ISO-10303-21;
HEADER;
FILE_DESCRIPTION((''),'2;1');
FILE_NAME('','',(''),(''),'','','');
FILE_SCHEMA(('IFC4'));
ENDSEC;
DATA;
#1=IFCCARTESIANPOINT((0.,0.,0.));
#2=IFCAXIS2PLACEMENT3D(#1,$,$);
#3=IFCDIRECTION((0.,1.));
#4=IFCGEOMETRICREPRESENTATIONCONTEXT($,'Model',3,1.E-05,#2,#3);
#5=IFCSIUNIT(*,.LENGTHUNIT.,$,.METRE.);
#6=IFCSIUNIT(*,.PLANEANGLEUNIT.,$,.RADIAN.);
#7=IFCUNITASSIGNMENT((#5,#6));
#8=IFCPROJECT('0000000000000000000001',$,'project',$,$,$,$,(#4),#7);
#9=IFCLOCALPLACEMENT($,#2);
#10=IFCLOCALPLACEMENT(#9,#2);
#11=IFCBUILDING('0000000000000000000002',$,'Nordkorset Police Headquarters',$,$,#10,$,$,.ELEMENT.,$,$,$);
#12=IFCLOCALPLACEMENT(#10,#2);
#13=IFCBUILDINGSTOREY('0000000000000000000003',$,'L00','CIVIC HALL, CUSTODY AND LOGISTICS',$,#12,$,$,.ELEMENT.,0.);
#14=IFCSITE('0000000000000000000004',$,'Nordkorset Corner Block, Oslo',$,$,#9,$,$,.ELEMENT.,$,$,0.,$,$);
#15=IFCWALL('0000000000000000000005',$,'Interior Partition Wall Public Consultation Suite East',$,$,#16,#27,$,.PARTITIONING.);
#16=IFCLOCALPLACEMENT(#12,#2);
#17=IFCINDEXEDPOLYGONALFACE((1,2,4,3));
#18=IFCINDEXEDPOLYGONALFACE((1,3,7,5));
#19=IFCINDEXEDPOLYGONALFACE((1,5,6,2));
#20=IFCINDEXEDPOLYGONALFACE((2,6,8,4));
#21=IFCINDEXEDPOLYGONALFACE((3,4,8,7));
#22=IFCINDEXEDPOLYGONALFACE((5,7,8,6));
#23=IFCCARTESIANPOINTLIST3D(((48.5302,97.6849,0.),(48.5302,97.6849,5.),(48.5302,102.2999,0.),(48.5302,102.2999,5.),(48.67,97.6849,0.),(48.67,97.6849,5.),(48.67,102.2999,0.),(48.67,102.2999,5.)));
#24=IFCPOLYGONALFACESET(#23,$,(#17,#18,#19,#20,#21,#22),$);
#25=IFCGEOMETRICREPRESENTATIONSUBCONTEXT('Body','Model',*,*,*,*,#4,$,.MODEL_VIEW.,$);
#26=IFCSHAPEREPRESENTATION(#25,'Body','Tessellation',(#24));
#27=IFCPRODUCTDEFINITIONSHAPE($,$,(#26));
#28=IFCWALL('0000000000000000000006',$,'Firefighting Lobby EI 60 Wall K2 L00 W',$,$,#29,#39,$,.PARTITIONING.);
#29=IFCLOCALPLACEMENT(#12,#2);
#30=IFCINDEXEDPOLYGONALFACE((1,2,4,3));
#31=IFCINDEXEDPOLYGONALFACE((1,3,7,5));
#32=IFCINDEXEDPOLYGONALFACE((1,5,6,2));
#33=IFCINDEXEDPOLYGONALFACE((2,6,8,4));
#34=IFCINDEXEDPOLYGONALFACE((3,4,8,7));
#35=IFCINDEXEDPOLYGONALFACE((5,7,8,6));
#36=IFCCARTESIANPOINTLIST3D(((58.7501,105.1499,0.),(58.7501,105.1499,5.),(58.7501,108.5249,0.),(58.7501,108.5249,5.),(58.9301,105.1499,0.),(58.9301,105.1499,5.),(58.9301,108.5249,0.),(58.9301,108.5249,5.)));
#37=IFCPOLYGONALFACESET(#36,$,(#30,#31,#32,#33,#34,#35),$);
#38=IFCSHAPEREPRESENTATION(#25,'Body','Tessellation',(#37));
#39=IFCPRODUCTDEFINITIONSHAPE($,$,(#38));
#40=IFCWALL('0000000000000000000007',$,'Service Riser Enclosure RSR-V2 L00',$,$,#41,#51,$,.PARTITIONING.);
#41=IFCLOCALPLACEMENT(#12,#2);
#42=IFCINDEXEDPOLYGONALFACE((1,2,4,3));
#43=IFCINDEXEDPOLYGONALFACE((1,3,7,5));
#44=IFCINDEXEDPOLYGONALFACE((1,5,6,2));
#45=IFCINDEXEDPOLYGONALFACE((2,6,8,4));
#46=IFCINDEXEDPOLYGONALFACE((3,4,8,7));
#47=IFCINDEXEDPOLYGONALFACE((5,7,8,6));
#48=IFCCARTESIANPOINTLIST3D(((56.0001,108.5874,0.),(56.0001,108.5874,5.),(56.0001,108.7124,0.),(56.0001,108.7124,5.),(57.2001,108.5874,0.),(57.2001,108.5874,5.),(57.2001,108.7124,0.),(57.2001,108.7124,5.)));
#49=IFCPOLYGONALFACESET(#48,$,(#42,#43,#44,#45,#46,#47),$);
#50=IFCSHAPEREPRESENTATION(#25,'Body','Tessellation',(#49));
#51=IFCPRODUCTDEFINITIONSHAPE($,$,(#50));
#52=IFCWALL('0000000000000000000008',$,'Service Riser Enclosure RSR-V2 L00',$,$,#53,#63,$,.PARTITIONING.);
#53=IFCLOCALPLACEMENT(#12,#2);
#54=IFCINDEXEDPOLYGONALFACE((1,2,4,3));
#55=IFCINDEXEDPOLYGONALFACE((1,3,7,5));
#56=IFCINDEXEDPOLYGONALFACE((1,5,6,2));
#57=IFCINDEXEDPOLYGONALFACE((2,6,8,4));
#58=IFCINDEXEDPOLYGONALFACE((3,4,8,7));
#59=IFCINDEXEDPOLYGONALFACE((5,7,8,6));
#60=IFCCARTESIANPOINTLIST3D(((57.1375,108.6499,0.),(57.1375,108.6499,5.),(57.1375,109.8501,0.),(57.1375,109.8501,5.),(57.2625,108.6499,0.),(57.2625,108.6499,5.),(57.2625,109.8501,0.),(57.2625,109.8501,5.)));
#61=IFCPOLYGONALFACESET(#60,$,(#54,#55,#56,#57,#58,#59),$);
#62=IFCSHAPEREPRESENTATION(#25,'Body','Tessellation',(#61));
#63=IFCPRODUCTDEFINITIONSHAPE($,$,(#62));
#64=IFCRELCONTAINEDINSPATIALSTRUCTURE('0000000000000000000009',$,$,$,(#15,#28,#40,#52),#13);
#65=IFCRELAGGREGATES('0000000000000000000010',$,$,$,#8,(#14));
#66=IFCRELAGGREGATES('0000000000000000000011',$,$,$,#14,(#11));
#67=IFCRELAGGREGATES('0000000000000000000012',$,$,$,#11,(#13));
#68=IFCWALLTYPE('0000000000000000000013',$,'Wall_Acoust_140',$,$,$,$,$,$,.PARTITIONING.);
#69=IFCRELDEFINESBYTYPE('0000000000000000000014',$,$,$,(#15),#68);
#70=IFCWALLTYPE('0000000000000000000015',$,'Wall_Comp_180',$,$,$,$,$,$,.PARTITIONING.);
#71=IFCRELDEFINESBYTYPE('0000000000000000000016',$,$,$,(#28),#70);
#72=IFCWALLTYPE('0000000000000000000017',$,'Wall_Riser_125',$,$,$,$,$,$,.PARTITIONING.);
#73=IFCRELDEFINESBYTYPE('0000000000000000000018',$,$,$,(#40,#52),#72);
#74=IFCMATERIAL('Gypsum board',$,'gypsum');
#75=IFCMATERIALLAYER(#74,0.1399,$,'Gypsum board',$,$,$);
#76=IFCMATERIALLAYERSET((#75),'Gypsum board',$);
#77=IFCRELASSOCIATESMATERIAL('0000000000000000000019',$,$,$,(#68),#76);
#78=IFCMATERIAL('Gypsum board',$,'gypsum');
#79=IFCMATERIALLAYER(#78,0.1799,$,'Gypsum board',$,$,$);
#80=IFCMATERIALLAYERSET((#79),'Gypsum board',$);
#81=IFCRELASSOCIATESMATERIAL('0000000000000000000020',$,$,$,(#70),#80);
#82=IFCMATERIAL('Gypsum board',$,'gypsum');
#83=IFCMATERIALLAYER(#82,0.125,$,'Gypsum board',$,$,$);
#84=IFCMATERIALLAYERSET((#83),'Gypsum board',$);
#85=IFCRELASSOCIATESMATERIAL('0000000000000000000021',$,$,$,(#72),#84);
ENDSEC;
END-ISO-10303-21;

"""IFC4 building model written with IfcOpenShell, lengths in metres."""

from ifc_helpers import new_model, si_unit, direction, frame, frame_2d, origin, place, context, subcontext, project, spatial, rectangle, extrude, material, layer, layer_set, type_object, element, save


model = new_model("IFC4")

# Units and contexts
model_context = context("Model", 3, precision=1e-05, world=origin(), true_north=direction((0.0, 1.0)))
body_context = subcontext(model_context, "Body", "Model", "MODEL_VIEW")
ifc_project = project(units=[si_unit("LENGTHUNIT", "METRE"), si_unit("PLANEANGLEUNIT", "RADIAN")], contexts=[model_context])

# Site, building, storey
site_placement = place(None, origin())
site = spatial("IfcSite", under=ifc_project, at=site_placement, Name="Nordkorset Corner Block, Oslo", CompositionType="ELEMENT", RefElevation=0.0)
building_placement = place(site_placement, origin())
building = spatial("IfcBuilding", under=site, at=building_placement, Name="Nordkorset Police Headquarters", CompositionType="ELEMENT")
storey_placement = place(building_placement, origin())
storey = spatial("IfcBuildingStorey", under=building, at=storey_placement, Name="L00", Description="CIVIC HALL, CUSTODY AND LOGISTICS", CompositionType="ELEMENT", Elevation=0.0)

# Shared definitions
ifc_material_1 = material(Name="Gypsum board", Category="gypsum")
ifc_layer_1 = layer(ifc_material_1, 0.1399, Name="Gypsum board")
ifc_layer_set_1 = layer_set([ifc_layer_1], Name="Gypsum board")
wall_type_1 = type_object("IfcWallType", Name="Wall_Acoust_140", PredefinedType="PARTITIONING", material=ifc_layer_set_1)

# Wall
wall_1_placement = place(storey_placement, frame((48.6001, 102.3, 0.0), z_axis=(0.0, 0.0, 1.0), x_axis=(0.0, -1.0, 0.0)))
element("IfcWall", 1, at=wall_1_placement, inside=storey, type_object=wall_type_1, Name="Interior Partition Wall Public Consultation Suite East", PredefinedType="PARTITIONING", context=body_context, shape_type="SweptSolid", body=[
    extrude(rectangle(XDim=4.615, YDim=0.1399, at=frame_2d((2.3076, 0.0))), origin(), (0.0, 0.0, 1.0), 5.0),
])

# Shared definitions
ifc_material_2 = material(Name="Gypsum board", Category="gypsum")
ifc_layer_2 = layer(ifc_material_2, 0.1799, Name="Gypsum board")
ifc_layer_set_2 = layer_set([ifc_layer_2], Name="Gypsum board")
wall_type_2 = type_object("IfcWallType", Name="Wall_Comp_180", PredefinedType="PARTITIONING", material=ifc_layer_set_2)

# Walls
wall_2_placement = place(storey_placement, frame((58.8401, 105.1499, 0.0), z_axis=(0.0, 0.0, 1.0), x_axis=(0.0, 1.0, 0.0)))
element("IfcWall", 2, at=wall_2_placement, inside=storey, type_object=wall_type_2, Name="Firefighting Lobby EI 60 Wall K2 L00 W", PredefinedType="PARTITIONING", context=body_context, shape_type="SweptSolid", body=[
    extrude(rectangle(XDim=3.375, YDim=0.1799, at=frame_2d((1.6875, 0.0))), origin(), (0.0, 0.0, 1.0), 5.0),
])
ifc_material_3 = material(Name="Gypsum board", Category="gypsum")
ifc_layer_3 = layer(ifc_material_3, 0.125, Name="Gypsum board")
ifc_layer_set_3 = layer_set([ifc_layer_3], Name="Gypsum board")
wall_type_3 = type_object("IfcWallType", Name="Wall_Riser_125", PredefinedType="PARTITIONING", material=ifc_layer_set_3)
wall_3_placement = place(storey_placement, frame((56.0, 108.6499, 0.0), z_axis=(0.0, 0.0, 1.0), x_axis=(1.0, 0.0, 0.0)))
element("IfcWall", 3, at=wall_3_placement, inside=storey, type_object=wall_type_3, Name="Service Riser Enclosure RSR-V2 L00", PredefinedType="PARTITIONING", context=body_context, shape_type="SweptSolid", body=[
    extrude(rectangle(XDim=1.2, YDim=0.125, at=frame_2d((0.6001, 0.0))), origin(), (0.0, 0.0, 1.0), 5.0),
])
wall_4_placement = place(storey_placement, frame((57.2, 108.6499, 0.0), z_axis=(0.0, 0.0, 1.0), x_axis=(0.0, 1.0, 0.0)))
element("IfcWall", 4, at=wall_4_placement, inside=storey, type_object=wall_type_3, Name="Service Riser Enclosure RSR-V2 L00", PredefinedType="PARTITIONING", context=body_context, shape_type="SweptSolid", body=[
    extrude(rectangle(XDim=1.2002, YDim=0.125, at=frame_2d((0.6001, 0.0))), origin(), (0.0, 0.0, 1.0), 5.0),
])

save(model, "model.ifc")
